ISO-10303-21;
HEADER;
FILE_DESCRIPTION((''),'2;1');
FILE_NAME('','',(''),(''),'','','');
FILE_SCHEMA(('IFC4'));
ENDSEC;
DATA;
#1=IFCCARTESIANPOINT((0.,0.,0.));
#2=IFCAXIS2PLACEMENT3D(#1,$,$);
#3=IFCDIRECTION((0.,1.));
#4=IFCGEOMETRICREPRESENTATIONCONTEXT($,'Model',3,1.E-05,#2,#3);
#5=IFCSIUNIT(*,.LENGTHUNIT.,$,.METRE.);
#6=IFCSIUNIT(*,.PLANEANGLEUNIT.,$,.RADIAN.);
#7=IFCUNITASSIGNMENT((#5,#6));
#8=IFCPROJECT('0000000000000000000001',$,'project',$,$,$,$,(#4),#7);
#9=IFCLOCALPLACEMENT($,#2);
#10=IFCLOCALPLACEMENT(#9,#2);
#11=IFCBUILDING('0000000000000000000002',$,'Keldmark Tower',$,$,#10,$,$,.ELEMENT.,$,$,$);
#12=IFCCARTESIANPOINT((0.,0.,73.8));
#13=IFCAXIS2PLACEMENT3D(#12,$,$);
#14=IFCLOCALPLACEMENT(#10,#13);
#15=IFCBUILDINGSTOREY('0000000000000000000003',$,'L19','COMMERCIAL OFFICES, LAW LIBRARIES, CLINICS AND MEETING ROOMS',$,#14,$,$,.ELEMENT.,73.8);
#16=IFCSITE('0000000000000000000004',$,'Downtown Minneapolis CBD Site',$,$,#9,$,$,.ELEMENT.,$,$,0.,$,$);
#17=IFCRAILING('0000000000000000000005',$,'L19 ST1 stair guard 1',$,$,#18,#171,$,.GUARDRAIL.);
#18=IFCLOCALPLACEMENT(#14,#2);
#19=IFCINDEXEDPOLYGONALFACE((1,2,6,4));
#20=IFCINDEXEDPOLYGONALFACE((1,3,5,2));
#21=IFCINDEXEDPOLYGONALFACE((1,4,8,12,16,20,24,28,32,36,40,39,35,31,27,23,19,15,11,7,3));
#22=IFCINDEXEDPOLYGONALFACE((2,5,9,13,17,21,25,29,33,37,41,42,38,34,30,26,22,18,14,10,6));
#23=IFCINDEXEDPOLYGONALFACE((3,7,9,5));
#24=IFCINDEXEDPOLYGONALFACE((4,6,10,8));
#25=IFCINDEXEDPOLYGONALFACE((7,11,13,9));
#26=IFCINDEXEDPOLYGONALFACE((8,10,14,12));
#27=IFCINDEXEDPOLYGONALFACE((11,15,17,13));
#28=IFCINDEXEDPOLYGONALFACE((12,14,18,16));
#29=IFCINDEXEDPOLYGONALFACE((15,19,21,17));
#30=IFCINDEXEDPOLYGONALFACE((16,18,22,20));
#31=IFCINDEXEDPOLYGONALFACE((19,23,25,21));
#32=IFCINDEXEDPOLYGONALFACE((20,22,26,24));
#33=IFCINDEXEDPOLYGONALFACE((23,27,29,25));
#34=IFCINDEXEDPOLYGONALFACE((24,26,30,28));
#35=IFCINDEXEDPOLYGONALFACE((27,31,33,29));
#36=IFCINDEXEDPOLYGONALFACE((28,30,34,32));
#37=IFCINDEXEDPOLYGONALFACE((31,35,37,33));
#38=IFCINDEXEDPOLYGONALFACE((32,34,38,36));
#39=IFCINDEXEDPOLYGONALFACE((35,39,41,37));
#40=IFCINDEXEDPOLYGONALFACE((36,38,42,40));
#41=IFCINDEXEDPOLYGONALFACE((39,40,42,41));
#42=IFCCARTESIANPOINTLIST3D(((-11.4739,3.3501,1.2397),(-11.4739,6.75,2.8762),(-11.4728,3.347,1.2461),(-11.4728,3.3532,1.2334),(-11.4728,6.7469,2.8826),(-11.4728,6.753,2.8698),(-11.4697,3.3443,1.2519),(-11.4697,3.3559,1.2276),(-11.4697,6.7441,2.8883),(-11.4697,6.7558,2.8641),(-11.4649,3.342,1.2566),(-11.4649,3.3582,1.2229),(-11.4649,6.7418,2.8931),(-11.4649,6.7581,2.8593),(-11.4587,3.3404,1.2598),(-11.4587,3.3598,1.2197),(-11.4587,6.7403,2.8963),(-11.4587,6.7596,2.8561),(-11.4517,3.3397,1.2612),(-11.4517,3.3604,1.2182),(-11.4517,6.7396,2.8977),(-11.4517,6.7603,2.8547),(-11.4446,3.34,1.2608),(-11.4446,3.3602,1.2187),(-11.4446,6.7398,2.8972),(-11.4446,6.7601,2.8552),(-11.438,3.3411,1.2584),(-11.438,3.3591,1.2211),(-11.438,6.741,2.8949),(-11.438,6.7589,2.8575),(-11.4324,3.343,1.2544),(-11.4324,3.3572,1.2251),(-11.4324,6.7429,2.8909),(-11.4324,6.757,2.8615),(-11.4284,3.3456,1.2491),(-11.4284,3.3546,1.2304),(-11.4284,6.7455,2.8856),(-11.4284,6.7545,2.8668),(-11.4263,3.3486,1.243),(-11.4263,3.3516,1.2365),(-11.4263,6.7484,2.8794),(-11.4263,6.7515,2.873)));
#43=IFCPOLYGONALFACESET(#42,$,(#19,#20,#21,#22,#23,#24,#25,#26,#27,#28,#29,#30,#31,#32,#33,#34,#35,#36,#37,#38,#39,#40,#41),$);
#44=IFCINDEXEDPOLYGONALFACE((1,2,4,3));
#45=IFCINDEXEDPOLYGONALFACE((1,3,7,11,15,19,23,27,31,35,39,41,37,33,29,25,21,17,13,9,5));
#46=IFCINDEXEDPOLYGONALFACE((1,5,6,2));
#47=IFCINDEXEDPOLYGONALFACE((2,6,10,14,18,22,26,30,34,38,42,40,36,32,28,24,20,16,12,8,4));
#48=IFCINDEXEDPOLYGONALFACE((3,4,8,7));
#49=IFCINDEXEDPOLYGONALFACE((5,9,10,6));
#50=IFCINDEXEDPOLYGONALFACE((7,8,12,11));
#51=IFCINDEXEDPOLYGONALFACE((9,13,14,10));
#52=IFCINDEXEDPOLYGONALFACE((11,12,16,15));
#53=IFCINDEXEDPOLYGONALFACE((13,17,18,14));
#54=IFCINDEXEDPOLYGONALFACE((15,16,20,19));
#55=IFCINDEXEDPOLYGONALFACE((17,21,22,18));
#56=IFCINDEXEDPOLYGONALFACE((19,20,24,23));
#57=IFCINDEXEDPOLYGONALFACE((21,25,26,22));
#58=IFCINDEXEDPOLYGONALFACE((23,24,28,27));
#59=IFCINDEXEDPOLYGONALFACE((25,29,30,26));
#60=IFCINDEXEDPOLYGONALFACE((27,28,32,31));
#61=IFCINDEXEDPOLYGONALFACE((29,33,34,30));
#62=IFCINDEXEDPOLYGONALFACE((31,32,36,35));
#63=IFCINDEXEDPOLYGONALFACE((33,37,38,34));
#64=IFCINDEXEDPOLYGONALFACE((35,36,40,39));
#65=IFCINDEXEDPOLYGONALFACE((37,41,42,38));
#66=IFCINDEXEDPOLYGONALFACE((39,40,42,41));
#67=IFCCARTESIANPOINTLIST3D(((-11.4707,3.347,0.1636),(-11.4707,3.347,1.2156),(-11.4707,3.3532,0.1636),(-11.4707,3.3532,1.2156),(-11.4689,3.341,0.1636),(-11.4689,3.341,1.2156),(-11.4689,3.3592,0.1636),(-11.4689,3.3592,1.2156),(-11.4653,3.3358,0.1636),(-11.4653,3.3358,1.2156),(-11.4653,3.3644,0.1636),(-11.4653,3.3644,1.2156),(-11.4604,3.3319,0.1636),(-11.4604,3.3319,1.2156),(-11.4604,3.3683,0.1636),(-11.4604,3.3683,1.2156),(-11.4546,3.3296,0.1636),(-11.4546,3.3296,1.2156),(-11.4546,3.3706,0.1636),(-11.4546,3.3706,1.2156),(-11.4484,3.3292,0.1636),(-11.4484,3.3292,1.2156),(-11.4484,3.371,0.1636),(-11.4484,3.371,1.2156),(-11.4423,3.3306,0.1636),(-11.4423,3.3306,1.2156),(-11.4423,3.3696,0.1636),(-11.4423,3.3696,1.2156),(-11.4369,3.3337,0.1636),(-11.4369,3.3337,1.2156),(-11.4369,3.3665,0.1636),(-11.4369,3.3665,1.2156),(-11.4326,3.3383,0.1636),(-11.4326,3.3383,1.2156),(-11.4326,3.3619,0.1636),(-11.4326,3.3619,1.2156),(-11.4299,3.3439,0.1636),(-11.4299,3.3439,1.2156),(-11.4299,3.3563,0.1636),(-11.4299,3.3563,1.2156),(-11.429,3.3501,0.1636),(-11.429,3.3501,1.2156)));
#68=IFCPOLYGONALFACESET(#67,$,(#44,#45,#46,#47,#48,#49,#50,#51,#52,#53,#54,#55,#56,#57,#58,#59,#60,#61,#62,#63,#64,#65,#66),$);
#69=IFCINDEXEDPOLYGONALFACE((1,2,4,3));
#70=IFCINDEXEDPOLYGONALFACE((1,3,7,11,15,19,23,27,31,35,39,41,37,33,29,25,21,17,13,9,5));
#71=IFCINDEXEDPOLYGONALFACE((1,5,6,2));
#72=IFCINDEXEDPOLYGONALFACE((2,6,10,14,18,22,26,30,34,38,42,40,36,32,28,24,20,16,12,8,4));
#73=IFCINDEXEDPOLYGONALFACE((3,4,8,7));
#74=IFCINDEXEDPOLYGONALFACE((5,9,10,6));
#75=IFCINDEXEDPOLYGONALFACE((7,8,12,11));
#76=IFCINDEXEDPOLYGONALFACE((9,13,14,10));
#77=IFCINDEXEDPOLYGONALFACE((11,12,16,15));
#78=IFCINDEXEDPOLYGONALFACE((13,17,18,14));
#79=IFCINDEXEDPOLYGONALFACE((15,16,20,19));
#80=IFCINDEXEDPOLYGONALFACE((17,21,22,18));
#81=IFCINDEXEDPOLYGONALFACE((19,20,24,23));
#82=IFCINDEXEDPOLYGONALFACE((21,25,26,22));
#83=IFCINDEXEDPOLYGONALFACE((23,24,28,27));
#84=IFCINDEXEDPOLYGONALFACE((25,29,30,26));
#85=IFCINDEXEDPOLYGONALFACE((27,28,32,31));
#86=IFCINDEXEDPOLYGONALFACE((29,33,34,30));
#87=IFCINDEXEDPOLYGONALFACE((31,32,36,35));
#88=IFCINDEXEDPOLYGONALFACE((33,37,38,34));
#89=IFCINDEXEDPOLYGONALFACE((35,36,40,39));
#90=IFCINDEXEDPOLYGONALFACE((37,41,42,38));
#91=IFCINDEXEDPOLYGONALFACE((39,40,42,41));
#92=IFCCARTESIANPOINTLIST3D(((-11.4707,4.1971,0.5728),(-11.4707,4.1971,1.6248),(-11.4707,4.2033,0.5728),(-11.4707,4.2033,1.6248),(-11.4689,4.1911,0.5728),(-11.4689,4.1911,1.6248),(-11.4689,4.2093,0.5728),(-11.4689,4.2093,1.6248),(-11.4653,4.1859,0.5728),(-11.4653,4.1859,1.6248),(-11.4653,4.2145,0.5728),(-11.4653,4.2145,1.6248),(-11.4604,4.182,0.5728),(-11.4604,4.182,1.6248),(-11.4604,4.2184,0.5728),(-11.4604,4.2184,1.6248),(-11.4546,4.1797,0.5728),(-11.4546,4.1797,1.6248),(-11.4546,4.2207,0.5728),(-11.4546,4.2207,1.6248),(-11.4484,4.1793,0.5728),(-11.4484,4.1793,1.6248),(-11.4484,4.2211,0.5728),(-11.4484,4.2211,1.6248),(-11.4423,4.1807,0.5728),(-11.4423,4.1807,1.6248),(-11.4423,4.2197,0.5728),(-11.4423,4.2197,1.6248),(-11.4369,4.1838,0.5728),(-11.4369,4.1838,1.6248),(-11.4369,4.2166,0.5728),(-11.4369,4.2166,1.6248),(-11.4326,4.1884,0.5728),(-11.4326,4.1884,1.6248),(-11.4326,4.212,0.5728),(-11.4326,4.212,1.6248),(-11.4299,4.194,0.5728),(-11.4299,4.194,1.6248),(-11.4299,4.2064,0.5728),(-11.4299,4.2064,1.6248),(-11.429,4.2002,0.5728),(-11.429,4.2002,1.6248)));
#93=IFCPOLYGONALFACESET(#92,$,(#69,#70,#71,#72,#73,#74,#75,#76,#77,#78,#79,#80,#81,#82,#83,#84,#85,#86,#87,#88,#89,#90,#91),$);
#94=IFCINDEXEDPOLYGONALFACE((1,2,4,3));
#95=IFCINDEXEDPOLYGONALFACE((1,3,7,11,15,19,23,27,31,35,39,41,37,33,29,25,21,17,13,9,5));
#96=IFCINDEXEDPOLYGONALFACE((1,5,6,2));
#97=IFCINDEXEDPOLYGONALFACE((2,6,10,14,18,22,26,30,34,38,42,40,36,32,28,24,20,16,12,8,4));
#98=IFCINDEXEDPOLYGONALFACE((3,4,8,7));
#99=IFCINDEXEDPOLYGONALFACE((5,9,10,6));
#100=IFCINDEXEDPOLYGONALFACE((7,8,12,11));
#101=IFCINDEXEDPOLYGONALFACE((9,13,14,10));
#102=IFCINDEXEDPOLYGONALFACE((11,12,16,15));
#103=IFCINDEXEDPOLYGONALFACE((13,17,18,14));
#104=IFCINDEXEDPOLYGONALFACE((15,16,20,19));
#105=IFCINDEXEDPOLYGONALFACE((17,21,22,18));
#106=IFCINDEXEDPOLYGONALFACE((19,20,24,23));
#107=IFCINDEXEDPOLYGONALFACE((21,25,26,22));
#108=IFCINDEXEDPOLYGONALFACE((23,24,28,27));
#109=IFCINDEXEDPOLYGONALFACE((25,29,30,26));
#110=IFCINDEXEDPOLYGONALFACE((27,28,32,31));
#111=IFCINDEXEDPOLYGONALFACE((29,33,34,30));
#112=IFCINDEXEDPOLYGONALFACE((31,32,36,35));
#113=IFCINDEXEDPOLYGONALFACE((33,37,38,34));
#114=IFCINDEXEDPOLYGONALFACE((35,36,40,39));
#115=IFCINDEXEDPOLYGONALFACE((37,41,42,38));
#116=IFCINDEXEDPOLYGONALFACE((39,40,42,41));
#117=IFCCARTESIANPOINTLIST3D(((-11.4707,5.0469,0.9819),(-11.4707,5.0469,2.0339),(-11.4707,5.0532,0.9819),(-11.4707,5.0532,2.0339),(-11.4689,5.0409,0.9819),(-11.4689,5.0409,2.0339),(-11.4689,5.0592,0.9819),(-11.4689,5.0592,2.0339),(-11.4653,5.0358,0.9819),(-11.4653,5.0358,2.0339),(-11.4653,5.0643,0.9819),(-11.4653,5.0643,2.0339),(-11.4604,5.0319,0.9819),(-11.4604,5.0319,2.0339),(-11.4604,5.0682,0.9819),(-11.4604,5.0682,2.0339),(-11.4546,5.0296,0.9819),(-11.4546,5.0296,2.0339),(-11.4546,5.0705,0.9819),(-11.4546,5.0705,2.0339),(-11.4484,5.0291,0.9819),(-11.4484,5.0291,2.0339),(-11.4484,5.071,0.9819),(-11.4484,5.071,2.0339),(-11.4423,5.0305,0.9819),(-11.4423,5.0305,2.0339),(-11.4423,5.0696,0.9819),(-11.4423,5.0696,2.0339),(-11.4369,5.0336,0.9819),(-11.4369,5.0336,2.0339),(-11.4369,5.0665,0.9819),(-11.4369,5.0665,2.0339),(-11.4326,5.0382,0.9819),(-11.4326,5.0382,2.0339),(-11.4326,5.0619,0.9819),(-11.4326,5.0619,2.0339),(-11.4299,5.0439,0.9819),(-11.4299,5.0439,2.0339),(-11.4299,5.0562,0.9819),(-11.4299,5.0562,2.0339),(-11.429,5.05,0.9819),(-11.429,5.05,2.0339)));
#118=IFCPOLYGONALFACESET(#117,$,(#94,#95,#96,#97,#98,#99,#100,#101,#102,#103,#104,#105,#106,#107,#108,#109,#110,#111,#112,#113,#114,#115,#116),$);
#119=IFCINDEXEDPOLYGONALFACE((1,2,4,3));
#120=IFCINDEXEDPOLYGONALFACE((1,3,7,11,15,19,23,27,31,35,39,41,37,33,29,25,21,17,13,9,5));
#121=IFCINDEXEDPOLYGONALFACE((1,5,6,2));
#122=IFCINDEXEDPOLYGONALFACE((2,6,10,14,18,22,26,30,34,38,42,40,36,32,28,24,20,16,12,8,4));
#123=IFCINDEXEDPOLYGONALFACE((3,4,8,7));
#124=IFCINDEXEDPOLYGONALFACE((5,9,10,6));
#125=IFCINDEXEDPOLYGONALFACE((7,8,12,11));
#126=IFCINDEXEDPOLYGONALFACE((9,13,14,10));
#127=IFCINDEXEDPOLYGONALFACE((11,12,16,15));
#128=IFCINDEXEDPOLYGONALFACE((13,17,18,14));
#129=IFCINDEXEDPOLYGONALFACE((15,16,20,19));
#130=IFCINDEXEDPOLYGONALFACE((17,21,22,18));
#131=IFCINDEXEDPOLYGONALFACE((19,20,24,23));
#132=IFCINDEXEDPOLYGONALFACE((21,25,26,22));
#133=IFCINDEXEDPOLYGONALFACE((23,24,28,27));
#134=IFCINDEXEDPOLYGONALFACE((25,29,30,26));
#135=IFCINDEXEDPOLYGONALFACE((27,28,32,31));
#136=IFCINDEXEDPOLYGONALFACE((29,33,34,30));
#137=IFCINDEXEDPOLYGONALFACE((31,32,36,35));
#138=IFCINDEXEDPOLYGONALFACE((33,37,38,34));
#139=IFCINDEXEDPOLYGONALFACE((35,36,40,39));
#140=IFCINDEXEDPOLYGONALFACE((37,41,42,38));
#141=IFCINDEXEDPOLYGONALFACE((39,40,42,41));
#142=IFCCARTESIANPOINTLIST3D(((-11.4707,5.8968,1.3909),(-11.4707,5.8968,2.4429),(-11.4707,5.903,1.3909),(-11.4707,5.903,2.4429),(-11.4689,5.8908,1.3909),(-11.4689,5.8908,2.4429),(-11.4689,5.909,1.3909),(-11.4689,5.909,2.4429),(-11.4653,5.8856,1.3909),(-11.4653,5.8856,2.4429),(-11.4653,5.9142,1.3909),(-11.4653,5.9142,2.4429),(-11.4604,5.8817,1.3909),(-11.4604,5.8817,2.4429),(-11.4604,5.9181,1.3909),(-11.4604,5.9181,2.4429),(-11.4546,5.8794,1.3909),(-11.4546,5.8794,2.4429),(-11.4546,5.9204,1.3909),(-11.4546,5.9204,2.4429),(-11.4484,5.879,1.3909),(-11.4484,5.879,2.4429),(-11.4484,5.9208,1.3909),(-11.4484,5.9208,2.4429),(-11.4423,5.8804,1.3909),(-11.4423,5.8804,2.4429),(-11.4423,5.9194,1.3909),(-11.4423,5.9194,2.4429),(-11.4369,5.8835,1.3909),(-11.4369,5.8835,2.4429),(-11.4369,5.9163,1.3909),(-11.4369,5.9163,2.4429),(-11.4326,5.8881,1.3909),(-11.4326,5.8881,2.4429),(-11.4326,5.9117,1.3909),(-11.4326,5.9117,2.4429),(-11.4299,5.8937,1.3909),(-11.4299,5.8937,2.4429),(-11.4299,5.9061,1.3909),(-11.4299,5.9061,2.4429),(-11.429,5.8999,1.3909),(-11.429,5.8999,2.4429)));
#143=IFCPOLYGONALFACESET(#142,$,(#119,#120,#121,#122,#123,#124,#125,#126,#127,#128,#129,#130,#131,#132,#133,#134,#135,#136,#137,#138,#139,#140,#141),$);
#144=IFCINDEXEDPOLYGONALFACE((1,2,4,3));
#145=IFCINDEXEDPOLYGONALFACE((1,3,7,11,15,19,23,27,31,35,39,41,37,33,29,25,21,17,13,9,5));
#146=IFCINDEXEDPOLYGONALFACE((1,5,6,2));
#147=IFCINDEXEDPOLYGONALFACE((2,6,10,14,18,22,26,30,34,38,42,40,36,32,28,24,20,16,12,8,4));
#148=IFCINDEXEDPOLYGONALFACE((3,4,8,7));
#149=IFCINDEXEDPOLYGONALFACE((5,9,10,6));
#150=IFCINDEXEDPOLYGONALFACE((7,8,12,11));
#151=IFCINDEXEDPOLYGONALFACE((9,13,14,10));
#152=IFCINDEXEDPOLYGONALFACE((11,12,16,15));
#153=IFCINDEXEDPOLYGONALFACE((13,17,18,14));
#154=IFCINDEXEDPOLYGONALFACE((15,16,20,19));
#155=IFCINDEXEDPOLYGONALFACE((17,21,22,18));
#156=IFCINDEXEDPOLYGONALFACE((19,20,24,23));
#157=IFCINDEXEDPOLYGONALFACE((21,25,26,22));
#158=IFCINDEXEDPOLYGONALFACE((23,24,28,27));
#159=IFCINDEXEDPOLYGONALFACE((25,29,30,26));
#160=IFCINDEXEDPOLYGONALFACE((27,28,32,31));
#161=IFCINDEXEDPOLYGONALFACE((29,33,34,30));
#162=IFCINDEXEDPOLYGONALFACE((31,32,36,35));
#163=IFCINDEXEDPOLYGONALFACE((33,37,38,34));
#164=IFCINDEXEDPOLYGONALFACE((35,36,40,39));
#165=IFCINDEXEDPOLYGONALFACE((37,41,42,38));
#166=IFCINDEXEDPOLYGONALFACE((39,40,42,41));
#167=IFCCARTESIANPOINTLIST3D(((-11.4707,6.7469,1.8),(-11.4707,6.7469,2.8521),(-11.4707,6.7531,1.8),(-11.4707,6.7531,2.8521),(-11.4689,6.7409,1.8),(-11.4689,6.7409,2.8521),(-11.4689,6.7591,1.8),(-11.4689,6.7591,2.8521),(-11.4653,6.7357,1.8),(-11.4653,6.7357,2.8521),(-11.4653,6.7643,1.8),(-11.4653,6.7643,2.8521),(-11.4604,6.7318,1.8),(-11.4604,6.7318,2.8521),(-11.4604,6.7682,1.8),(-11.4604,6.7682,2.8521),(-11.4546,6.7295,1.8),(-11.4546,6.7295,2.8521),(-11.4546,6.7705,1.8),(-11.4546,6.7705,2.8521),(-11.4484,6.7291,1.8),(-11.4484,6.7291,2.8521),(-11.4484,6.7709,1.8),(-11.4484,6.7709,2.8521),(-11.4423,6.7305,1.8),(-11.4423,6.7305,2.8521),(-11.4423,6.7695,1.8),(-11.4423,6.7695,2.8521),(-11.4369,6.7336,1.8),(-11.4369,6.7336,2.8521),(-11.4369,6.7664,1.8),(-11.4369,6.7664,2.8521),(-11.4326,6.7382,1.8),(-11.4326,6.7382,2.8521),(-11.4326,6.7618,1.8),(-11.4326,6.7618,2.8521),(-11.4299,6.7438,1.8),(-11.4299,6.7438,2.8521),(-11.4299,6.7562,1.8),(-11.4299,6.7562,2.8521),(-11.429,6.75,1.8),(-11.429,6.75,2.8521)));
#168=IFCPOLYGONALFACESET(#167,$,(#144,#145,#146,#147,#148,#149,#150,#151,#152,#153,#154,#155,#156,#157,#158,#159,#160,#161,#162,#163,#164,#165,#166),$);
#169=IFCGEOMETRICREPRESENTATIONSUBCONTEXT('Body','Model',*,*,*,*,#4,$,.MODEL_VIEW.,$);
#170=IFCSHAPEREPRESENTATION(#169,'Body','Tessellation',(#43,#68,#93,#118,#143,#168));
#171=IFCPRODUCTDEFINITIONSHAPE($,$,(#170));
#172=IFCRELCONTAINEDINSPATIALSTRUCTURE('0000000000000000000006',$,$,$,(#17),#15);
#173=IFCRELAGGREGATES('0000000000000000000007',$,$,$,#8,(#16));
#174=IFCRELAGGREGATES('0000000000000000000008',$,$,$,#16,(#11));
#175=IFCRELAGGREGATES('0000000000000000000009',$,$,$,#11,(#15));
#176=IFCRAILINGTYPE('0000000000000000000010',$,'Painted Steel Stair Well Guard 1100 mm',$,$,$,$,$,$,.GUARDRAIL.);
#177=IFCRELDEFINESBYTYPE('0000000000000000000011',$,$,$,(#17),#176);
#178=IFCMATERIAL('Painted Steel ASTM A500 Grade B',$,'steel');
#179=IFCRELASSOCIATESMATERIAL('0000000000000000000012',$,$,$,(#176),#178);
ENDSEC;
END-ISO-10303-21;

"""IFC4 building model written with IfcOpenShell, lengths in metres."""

from ifc_helpers import new_model, si_unit, direction, frame, origin, origin_2d, place, context, subcontext, project, spatial, circle, extrude, material, type_object, element, save


model = new_model("IFC4")

# Units and contexts
model_context = context("Model", 3, precision=1e-05, world=origin(), true_north=direction((0.0, 1.0)))
body_context = subcontext(model_context, "Body", "Model", "MODEL_VIEW")
ifc_project = project(units=[si_unit("LENGTHUNIT", "METRE"), si_unit("PLANEANGLEUNIT", "RADIAN")], contexts=[model_context])

# Site, building, storey
site_placement = place(None, origin())
site = spatial("IfcSite", under=ifc_project, at=site_placement, Name="Downtown Minneapolis CBD Site", CompositionType="ELEMENT", RefElevation=0.0)
building_placement = place(site_placement, origin())
building = spatial("IfcBuilding", under=site, at=building_placement, Name="Keldmark Tower", CompositionType="ELEMENT")
storey_placement = place(building_placement, frame((0.0, 0.0, 73.8)))
storey = spatial("IfcBuildingStorey", under=building, at=storey_placement, Name="L19", Description="COMMERCIAL OFFICES, LAW LIBRARIES, CLINICS AND MEETING ROOMS", CompositionType="ELEMENT", Elevation=73.8)

# Railing
ifc_material_1 = material(Name="Painted Steel ASTM A500 Grade B", Category="steel")
railing_type_1 = type_object("IfcRailingType", Name="Painted Steel Stair Well Guard 1100 mm", PredefinedType="GUARDRAIL", material=ifc_material_1)
railing_1_placement = place(storey_placement, frame((-11.45, 3.3501, 0.1636)))
element("IfcRailing", 1, at=railing_1_placement, inside=storey, type_object=railing_type_1, Name="L19 ST1 stair guard 1", PredefinedType="GUARDRAIL", context=body_context, shape_type="SweptSolid", body=[
    extrude(circle(Radius=0.0239, at=origin_2d()), frame((0.0, 0.0, 1.0762), z_axis=(0.0, 0.901055, 0.433705), x_axis=(-1.0, 0.0, 0.0)), (0.0, 0.0, 1.0), 3.7732),
    extrude(circle(Radius=0.021, at=origin_2d()), origin(), (0.0, 0.0, 1.0), 1.052),
    extrude(circle(Radius=0.021, at=origin_2d()), frame((0.0, 0.8501, 0.4092)), (0.0, 0.0, 1.0), 1.052),
    extrude(circle(Radius=0.021, at=origin_2d()), frame((0.0, 1.7, 0.8184)), (0.0, 0.0, 1.0), 1.052),
    extrude(circle(Radius=0.021, at=origin_2d()), frame((0.0, 2.5498, 1.2273)), (0.0, 0.0, 1.0), 1.052),
    extrude(circle(Radius=0.021, at=origin_2d()), frame((0.0, 3.3999, 1.6365)), (0.0, 0.0, 1.0), 1.052),
])

save(model, "model.ifc")
